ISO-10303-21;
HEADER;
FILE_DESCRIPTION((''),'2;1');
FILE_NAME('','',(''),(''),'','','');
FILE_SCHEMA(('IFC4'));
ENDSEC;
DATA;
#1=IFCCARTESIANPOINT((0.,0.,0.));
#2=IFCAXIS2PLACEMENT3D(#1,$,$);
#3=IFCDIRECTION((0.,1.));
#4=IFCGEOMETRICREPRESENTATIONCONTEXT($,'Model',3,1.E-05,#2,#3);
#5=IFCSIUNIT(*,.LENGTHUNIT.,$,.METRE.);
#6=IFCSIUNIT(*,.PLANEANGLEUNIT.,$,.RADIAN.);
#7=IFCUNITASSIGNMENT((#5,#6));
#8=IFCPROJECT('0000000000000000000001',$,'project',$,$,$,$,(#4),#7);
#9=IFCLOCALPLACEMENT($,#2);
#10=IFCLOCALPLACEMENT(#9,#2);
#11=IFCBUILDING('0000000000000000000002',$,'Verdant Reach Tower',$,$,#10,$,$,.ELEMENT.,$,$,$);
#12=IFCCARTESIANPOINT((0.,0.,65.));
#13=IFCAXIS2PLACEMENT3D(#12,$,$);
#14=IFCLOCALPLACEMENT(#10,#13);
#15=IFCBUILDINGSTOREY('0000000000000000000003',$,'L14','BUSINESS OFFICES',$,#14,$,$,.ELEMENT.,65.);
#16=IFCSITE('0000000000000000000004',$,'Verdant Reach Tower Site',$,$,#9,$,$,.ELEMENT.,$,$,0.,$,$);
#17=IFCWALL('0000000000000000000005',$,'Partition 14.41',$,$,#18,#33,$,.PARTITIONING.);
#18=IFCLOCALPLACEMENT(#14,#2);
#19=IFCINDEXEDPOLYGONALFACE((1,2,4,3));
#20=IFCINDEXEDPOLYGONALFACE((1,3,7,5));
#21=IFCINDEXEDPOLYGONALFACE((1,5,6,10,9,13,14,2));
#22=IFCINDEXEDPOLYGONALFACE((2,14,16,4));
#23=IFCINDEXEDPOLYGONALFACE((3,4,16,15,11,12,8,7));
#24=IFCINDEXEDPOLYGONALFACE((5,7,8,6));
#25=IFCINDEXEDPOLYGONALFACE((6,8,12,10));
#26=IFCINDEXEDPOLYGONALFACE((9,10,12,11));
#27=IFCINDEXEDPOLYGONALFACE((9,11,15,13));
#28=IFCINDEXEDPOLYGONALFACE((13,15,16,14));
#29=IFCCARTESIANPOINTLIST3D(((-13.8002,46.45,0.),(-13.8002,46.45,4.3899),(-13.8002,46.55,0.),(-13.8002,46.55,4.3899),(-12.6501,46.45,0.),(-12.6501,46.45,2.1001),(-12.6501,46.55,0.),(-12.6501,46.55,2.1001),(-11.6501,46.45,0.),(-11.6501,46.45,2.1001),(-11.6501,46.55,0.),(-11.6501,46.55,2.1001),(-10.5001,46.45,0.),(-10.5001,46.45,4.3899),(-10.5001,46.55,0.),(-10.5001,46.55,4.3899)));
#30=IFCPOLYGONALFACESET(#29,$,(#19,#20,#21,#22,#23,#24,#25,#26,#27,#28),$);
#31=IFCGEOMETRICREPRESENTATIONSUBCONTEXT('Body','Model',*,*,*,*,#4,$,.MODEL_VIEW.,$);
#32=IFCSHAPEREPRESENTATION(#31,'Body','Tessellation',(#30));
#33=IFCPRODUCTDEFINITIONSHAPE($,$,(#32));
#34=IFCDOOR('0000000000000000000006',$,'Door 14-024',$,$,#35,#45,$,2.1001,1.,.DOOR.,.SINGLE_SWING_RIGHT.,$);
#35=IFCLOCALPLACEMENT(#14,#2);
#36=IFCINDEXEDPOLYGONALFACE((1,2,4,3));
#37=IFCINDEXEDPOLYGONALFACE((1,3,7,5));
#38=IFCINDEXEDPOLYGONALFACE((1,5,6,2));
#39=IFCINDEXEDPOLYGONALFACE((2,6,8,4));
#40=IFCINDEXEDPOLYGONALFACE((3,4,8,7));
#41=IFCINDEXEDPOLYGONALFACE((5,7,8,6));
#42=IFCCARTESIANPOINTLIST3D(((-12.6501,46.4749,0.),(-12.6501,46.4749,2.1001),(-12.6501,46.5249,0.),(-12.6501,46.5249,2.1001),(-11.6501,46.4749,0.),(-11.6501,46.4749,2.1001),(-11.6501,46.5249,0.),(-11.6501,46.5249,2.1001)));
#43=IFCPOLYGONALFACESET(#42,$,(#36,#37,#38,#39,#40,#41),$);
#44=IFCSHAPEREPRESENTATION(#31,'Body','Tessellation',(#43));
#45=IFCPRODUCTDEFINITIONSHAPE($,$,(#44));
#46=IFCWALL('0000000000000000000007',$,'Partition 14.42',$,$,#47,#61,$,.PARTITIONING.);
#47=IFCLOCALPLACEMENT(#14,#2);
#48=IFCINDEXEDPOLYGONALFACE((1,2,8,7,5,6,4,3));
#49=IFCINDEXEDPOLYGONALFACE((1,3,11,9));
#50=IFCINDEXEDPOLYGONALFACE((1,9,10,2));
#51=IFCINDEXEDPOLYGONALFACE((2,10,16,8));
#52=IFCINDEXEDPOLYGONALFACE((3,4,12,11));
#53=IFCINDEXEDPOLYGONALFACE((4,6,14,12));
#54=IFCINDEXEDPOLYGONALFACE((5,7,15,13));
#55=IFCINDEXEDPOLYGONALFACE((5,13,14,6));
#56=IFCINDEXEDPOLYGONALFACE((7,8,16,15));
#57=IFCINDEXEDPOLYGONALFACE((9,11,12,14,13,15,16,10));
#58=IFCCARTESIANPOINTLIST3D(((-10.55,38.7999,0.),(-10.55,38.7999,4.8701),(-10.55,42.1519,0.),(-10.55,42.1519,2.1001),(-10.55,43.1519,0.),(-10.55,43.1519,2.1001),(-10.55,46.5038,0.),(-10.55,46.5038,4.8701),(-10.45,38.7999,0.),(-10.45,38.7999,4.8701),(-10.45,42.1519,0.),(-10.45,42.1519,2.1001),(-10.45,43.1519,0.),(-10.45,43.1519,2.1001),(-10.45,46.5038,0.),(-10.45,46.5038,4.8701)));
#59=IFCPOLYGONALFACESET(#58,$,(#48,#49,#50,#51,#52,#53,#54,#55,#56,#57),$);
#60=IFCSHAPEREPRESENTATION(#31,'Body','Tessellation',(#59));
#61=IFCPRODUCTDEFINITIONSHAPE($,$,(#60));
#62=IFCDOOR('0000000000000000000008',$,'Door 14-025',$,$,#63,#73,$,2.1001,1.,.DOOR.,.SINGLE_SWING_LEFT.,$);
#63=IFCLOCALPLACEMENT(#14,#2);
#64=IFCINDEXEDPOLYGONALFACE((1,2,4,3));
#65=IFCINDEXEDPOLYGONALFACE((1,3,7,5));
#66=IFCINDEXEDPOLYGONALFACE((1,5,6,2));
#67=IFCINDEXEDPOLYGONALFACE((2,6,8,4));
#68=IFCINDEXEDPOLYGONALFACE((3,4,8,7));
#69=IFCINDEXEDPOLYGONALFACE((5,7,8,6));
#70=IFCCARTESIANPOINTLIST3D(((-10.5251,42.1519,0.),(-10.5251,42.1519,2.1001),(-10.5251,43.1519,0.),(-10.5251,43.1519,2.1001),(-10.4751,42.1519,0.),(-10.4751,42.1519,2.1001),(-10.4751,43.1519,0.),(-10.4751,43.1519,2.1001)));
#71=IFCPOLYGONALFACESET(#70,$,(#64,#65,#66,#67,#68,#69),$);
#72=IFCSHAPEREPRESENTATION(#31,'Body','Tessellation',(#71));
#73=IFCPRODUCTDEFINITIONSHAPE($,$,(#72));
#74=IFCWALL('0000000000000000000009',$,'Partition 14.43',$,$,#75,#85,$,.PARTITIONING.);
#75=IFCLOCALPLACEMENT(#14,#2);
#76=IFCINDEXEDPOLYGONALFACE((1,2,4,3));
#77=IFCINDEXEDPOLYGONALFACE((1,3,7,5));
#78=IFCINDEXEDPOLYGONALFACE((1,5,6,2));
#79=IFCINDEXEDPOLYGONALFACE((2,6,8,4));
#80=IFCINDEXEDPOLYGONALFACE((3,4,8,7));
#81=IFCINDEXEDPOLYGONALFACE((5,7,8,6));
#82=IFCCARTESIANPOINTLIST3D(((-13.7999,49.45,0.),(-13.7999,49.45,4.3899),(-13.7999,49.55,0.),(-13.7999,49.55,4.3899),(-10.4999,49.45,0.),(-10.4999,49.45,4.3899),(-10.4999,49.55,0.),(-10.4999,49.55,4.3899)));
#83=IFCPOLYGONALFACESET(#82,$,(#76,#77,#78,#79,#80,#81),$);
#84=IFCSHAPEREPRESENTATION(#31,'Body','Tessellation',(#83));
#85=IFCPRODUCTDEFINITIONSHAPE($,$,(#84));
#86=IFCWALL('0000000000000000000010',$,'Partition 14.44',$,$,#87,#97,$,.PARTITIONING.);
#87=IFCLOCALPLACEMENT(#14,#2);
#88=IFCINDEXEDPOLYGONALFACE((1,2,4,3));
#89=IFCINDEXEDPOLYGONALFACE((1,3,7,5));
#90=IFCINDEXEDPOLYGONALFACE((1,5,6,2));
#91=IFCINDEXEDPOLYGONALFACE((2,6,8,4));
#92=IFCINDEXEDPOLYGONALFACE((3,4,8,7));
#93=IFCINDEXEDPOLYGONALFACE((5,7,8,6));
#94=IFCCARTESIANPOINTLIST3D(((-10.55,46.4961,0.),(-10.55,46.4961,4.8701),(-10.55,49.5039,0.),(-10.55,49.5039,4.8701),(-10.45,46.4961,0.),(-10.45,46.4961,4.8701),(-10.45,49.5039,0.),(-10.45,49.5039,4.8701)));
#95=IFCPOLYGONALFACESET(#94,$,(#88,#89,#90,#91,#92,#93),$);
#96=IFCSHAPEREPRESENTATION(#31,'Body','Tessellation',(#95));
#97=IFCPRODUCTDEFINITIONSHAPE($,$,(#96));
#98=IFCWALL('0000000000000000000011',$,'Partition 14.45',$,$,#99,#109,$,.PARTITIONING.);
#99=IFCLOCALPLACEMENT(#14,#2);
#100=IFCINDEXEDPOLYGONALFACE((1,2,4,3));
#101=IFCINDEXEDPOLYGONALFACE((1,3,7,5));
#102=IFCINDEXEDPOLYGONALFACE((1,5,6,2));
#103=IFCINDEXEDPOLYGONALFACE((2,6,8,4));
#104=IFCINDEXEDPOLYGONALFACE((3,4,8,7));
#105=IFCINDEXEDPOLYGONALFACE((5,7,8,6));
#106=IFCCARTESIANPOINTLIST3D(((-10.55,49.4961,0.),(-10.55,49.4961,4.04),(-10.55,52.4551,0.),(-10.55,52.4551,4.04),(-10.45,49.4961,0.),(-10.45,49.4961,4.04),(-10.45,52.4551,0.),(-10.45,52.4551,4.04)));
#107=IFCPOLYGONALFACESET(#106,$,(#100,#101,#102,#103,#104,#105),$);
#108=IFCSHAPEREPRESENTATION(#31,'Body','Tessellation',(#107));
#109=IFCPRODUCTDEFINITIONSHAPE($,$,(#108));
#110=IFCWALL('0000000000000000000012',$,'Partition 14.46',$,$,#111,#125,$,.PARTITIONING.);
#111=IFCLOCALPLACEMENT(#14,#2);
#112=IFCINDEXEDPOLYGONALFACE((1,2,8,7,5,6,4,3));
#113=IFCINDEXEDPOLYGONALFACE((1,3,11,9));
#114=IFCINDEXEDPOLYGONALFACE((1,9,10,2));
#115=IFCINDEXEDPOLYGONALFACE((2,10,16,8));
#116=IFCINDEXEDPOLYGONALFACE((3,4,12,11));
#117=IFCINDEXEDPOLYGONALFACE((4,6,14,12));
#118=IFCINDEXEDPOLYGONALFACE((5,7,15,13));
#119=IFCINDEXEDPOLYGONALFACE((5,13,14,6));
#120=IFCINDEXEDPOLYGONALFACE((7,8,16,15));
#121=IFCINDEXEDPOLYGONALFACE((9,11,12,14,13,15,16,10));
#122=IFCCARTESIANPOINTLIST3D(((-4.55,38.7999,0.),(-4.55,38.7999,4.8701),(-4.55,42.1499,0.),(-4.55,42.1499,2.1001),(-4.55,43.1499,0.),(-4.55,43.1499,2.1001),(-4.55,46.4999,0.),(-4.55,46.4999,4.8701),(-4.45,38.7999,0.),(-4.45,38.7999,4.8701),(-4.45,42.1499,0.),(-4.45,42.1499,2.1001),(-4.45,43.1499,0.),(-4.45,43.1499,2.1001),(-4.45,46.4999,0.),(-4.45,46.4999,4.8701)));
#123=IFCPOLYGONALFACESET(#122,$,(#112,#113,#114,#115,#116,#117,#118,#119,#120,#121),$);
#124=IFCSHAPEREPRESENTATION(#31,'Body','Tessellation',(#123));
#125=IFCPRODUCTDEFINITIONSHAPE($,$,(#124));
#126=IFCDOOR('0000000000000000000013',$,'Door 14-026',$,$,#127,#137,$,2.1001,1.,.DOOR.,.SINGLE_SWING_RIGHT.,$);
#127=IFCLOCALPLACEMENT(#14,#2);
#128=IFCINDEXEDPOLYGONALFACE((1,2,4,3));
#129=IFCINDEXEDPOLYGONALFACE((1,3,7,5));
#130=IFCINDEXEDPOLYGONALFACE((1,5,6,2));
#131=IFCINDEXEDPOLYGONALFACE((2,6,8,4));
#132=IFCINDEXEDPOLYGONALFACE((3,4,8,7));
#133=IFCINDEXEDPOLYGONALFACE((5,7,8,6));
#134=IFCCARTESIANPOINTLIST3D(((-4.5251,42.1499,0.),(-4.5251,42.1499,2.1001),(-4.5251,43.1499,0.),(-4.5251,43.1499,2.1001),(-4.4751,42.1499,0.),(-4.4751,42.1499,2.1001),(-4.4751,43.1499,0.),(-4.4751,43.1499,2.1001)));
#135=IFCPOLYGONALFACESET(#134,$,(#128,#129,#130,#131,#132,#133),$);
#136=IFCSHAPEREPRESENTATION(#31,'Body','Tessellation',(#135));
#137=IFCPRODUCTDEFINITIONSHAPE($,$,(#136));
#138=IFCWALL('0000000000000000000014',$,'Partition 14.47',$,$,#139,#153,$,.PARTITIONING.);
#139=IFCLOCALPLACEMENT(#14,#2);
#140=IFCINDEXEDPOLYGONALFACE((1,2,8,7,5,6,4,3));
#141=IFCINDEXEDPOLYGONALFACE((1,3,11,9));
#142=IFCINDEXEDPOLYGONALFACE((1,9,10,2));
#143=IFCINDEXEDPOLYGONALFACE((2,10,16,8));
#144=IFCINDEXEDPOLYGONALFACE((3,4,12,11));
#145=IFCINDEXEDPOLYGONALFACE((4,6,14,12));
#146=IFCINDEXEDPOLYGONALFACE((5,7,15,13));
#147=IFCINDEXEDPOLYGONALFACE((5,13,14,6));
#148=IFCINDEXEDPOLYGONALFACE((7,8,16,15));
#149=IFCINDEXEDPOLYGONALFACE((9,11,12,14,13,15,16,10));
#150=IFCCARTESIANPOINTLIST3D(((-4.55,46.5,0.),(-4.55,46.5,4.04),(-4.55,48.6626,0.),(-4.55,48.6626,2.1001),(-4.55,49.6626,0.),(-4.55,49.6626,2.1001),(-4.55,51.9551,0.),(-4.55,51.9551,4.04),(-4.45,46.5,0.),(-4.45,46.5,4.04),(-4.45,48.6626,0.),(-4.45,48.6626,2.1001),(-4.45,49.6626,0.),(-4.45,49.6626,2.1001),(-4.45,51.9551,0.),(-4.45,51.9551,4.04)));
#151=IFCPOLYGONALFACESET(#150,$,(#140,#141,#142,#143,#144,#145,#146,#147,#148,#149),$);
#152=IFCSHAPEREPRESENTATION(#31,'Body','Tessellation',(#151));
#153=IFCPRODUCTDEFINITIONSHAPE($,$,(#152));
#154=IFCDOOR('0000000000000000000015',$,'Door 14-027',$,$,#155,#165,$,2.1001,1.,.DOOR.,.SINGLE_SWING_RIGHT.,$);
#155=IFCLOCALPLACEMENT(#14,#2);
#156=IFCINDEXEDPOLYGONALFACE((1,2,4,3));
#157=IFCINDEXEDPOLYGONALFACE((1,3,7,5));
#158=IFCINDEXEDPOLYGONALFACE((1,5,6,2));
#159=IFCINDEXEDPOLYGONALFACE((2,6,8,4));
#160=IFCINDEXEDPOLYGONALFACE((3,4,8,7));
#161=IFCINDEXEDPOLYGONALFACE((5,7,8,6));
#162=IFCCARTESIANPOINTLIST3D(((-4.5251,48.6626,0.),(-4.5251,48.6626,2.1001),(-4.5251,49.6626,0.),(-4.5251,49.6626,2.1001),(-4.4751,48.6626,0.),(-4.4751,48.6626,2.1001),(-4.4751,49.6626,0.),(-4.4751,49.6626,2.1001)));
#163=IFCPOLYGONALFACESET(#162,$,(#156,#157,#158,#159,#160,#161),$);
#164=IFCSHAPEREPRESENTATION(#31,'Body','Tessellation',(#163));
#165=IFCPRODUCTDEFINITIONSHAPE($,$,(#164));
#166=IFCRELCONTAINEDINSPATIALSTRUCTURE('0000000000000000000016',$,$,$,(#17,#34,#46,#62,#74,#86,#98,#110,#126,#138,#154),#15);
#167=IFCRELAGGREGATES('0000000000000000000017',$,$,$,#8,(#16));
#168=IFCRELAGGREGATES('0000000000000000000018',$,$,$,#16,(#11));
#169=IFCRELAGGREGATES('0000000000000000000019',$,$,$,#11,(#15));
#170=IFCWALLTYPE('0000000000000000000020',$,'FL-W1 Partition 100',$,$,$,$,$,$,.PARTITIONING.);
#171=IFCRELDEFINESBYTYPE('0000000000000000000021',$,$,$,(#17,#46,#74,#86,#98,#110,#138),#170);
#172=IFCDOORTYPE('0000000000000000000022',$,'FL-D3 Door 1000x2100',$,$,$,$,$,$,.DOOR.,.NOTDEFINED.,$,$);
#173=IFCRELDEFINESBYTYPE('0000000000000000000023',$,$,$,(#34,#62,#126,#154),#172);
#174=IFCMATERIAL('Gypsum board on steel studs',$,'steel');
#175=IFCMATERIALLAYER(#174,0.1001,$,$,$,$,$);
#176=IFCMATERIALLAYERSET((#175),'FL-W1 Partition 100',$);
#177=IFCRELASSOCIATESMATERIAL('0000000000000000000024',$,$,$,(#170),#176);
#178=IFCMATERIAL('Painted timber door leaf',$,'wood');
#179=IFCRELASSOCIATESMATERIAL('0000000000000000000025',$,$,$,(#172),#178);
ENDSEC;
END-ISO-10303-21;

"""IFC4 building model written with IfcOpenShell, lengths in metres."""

from ifc_helpers import new_model, si_unit, direction, frame, frame_2d, origin, place, context, subcontext, project, spatial, rectangle, extrude, material, layer, layer_set, type_object, element, fill, save


model = new_model("IFC4")

# Units and contexts
model_context = context("Model", 3, precision=1e-05, world=origin(), true_north=direction((0.0, 1.0)))
body_context = subcontext(model_context, "Body", "Model", "MODEL_VIEW")
ifc_project = project(units=[si_unit("LENGTHUNIT", "METRE"), si_unit("PLANEANGLEUNIT", "RADIAN")], contexts=[model_context])

# Site, building, storey
site_placement = place(None, origin())
site = spatial("IfcSite", under=ifc_project, at=site_placement, Name="Verdant Reach Tower Site", CompositionType="ELEMENT", RefElevation=0.0)
building_placement = place(site_placement, origin())
building = spatial("IfcBuilding", under=site, at=building_placement, Name="Verdant Reach Tower", CompositionType="ELEMENT")
storey_placement = place(building_placement, frame((0.0, 0.0, 65.0)))
storey = spatial("IfcBuildingStorey", under=building, at=storey_placement, Name="L14", Description="BUSINESS OFFICES", CompositionType="ELEMENT", Elevation=65.0)

# Walls, openings, doors
ifc_material_1 = material(Name="Gypsum board on steel studs", Category="steel")
ifc_layer_1 = layer(ifc_material_1, 0.1001)
ifc_layer_set_1 = layer_set([ifc_layer_1], Name="FL-W1 Partition 100")
wall_type_1 = type_object("IfcWallType", Name="FL-W1 Partition 100", PredefinedType="PARTITIONING", material=ifc_layer_set_1)
wall_1_placement = place(storey_placement, frame((-13.8, 46.5, 0.0), z_axis=(0.0, 0.0, 1.0), x_axis=(1.0, 0.0, 0.0)))
wall_1 = element("IfcWall", 1, at=wall_1_placement, inside=storey, type_object=wall_type_1, Name="Partition 14.41", PredefinedType="PARTITIONING", context=body_context, shape_type="SweptSolid", body=[
    extrude(rectangle(XDim=3.3, YDim=0.1001, at=frame_2d((1.6499, 0.0))), origin(), (0.0, 0.0, 1.0), 4.3899),
])
opening_1_placement = place(wall_1_placement, frame((1.1499, 0.0, 0.0)))
opening_1 = element("IfcOpeningElement", 2, at=opening_1_placement, cuts=wall_1, PredefinedType="OPENING", context=body_context, shape_type="SweptSolid", body=[
    extrude(rectangle(XDim=1.0, YDim=2.1001, at=frame_2d((0.5, 1.05))), frame((0.0, 0.0601, 0.0), z_axis=(0.0, -1.0, 0.0), x_axis=(1.0, 0.0, 0.0)), (0.0, 0.0, 1.0), 0.1201),
])
ifc_material_2 = material(Name="Painted timber door leaf", Category="wood")
door_type_1 = type_object("IfcDoorType", Name="FL-D3 Door 1000x2100", OperationType="NOTDEFINED", PredefinedType="DOOR", material=ifc_material_2)
door_1_placement = place(opening_1_placement, origin())
door_1 = element("IfcDoor", 3, at=door_1_placement, inside=storey, type_object=door_type_1, Name="Door 14-024", OperationType="SINGLE_SWING_RIGHT", OverallHeight=2.1001, OverallWidth=1.0, PredefinedType="DOOR", context=body_context, shape_type="SweptSolid", body=[
    extrude(rectangle(XDim=1.0, YDim=2.1001, at=frame_2d((0.5, 1.05))), frame((0.0, 0.0249, 0.0), z_axis=(0.0, -1.0, 0.0), x_axis=(1.0, 0.0, 0.0)), (0.0, 0.0, 1.0), 0.05),
])
fill(opening_1, door_1)
wall_2_placement = place(storey_placement, frame((-10.5, 46.5039, 0.0), z_axis=(0.0, 0.0, 1.0), x_axis=(0.0, -1.0, 0.0)))
wall_2 = element("IfcWall", 4, at=wall_2_placement, inside=storey, type_object=wall_type_1, Name="Partition 14.42", PredefinedType="PARTITIONING", context=body_context, shape_type="SweptSolid", body=[
    extrude(rectangle(XDim=7.7039, YDim=0.1001, at=frame_2d((3.8521, 0.0))), origin(), (0.0, 0.0, 1.0), 4.8701),
])
opening_2_placement = place(wall_2_placement, frame((3.3521, 0.0, 0.0)))
opening_2 = element("IfcOpeningElement", 5, at=opening_2_placement, cuts=wall_2, PredefinedType="OPENING", context=body_context, shape_type="SweptSolid", body=[
    extrude(rectangle(XDim=1.0, YDim=2.1001, at=frame_2d((0.5, 1.05))), frame((0.0, 0.0601, 0.0), z_axis=(0.0, -1.0, 0.0), x_axis=(1.0, 0.0, 0.0)), (0.0, 0.0, 1.0), 0.1201),
])
door_2_placement = place(opening_2_placement, origin())
door_2 = element("IfcDoor", 6, at=door_2_placement, inside=storey, type_object=door_type_1, Name="Door 14-025", OperationType="SINGLE_SWING_LEFT", OverallHeight=2.1001, OverallWidth=1.0, PredefinedType="DOOR", context=body_context, shape_type="SweptSolid", body=[
    extrude(rectangle(XDim=1.0, YDim=2.1001, at=frame_2d((0.5, 1.05))), frame((0.0, 0.0249, 0.0), z_axis=(0.0, -1.0, 0.0), x_axis=(1.0, 0.0, 0.0)), (0.0, 0.0, 1.0), 0.05),
])
fill(opening_2, door_2)

# Walls
wall_3_placement = place(storey_placement, frame((-10.5, 49.5, 0.0), z_axis=(0.0, 0.0, 1.0), x_axis=(-1.0, 0.0, 0.0)))
element("IfcWall", 7, at=wall_3_placement, inside=storey, type_object=wall_type_1, Name="Partition 14.43", PredefinedType="PARTITIONING", context=body_context, shape_type="SweptSolid", body=[
    extrude(rectangle(XDim=3.3, YDim=0.1001, at=frame_2d((1.6499, 0.0))), origin(), (0.0, 0.0, 1.0), 4.3899),
])
wall_4_placement = place(storey_placement, frame((-10.5, 46.4961, 0.0), z_axis=(0.0, 0.0, 1.0), x_axis=(0.0, 1.0, 0.0)))
element("IfcWall", 8, at=wall_4_placement, inside=storey, type_object=wall_type_1, Name="Partition 14.44", PredefinedType="PARTITIONING", context=body_context, shape_type="SweptSolid", body=[
    extrude(rectangle(XDim=3.0078, YDim=0.1001, at=frame_2d((1.5039, 0.0))), origin(), (0.0, 0.0, 1.0), 4.8701),
])
wall_5_placement = place(storey_placement, frame((-10.5, 49.4961, 0.0), z_axis=(0.0, 0.0, 1.0), x_axis=(0.0, 1.0, 0.0)))
element("IfcWall", 9, at=wall_5_placement, inside=storey, type_object=wall_type_1, Name="Partition 14.45", PredefinedType="PARTITIONING", context=body_context, shape_type="SweptSolid", body=[
    extrude(rectangle(XDim=2.959, YDim=0.1001, at=frame_2d((1.4795, 0.0))), origin(), (0.0, 0.0, 1.0), 4.04),
])

# Walls, openings, doors
wall_6_placement = place(storey_placement, frame((-4.5, 46.5, 0.0), z_axis=(0.0, 0.0, 1.0), x_axis=(0.0, -1.0, 0.0)))
wall_6 = element("IfcWall", 10, at=wall_6_placement, inside=storey, type_object=wall_type_1, Name="Partition 14.46", PredefinedType="PARTITIONING", context=body_context, shape_type="SweptSolid", body=[
    extrude(rectangle(XDim=7.7, YDim=0.1001, at=frame_2d((3.8501, 0.0))), origin(), (0.0, 0.0, 1.0), 4.8701),
])
opening_3_placement = place(wall_6_placement, frame((3.3501, 0.0, 0.0)))
opening_3 = element("IfcOpeningElement", 11, at=opening_3_placement, cuts=wall_6, PredefinedType="OPENING", context=body_context, shape_type="SweptSolid", body=[
    extrude(rectangle(XDim=1.0, YDim=2.1001, at=frame_2d((0.5, 1.05))), frame((0.0, 0.0601, 0.0), z_axis=(0.0, -1.0, 0.0), x_axis=(1.0, 0.0, 0.0)), (0.0, 0.0, 1.0), 0.1201),
])
door_3_placement = place(opening_3_placement, origin())
door_3 = element("IfcDoor", 12, at=door_3_placement, inside=storey, type_object=door_type_1, Name="Door 14-026", OperationType="SINGLE_SWING_RIGHT", OverallHeight=2.1001, OverallWidth=1.0, PredefinedType="DOOR", context=body_context, shape_type="SweptSolid", body=[
    extrude(rectangle(XDim=1.0, YDim=2.1001, at=frame_2d((0.5, 1.05))), frame((0.0, 0.0249, 0.0), z_axis=(0.0, -1.0, 0.0), x_axis=(1.0, 0.0, 0.0)), (0.0, 0.0, 1.0), 0.05),
])
fill(opening_3, door_3)
wall_7_placement = place(storey_placement, frame((-4.5, 51.9551, 0.0), z_axis=(0.0, 0.0, 1.0), x_axis=(0.0, -1.0, 0.0)))
wall_7 = element("IfcWall", 13, at=wall_7_placement, inside=storey, type_object=wall_type_1, Name="Partition 14.47", PredefinedType="PARTITIONING", context=body_context, shape_type="SweptSolid", body=[
    extrude(rectangle(XDim=5.4551, YDim=0.1001, at=frame_2d((2.7275, 0.0))), origin(), (0.0, 0.0, 1.0), 4.04),
])
opening_4_placement = place(wall_7_placement, frame((2.2925, 0.0, 0.0)))
opening_4 = element("IfcOpeningElement", 14, at=opening_4_placement, cuts=wall_7, PredefinedType="OPENING", context=body_context, shape_type="SweptSolid", body=[
    extrude(rectangle(XDim=1.0, YDim=2.1001, at=frame_2d((0.5, 1.05))), frame((0.0, 0.0601, 0.0), z_axis=(0.0, -1.0, 0.0), x_axis=(1.0, 0.0, 0.0)), (0.0, 0.0, 1.0), 0.1201),
])
door_4_placement = place(opening_4_placement, origin())
door_4 = element("IfcDoor", 15, at=door_4_placement, inside=storey, type_object=door_type_1, Name="Door 14-027", OperationType="SINGLE_SWING_RIGHT", OverallHeight=2.1001, OverallWidth=1.0, PredefinedType="DOOR", context=body_context, shape_type="SweptSolid", body=[
    extrude(rectangle(XDim=1.0, YDim=2.1001, at=frame_2d((0.5, 1.05))), frame((0.0, 0.0249, 0.0), z_axis=(0.0, -1.0, 0.0), x_axis=(1.0, 0.0, 0.0)), (0.0, 0.0, 1.0), 0.05),
])
fill(opening_4, door_4)

save(model, "model.ifc")
